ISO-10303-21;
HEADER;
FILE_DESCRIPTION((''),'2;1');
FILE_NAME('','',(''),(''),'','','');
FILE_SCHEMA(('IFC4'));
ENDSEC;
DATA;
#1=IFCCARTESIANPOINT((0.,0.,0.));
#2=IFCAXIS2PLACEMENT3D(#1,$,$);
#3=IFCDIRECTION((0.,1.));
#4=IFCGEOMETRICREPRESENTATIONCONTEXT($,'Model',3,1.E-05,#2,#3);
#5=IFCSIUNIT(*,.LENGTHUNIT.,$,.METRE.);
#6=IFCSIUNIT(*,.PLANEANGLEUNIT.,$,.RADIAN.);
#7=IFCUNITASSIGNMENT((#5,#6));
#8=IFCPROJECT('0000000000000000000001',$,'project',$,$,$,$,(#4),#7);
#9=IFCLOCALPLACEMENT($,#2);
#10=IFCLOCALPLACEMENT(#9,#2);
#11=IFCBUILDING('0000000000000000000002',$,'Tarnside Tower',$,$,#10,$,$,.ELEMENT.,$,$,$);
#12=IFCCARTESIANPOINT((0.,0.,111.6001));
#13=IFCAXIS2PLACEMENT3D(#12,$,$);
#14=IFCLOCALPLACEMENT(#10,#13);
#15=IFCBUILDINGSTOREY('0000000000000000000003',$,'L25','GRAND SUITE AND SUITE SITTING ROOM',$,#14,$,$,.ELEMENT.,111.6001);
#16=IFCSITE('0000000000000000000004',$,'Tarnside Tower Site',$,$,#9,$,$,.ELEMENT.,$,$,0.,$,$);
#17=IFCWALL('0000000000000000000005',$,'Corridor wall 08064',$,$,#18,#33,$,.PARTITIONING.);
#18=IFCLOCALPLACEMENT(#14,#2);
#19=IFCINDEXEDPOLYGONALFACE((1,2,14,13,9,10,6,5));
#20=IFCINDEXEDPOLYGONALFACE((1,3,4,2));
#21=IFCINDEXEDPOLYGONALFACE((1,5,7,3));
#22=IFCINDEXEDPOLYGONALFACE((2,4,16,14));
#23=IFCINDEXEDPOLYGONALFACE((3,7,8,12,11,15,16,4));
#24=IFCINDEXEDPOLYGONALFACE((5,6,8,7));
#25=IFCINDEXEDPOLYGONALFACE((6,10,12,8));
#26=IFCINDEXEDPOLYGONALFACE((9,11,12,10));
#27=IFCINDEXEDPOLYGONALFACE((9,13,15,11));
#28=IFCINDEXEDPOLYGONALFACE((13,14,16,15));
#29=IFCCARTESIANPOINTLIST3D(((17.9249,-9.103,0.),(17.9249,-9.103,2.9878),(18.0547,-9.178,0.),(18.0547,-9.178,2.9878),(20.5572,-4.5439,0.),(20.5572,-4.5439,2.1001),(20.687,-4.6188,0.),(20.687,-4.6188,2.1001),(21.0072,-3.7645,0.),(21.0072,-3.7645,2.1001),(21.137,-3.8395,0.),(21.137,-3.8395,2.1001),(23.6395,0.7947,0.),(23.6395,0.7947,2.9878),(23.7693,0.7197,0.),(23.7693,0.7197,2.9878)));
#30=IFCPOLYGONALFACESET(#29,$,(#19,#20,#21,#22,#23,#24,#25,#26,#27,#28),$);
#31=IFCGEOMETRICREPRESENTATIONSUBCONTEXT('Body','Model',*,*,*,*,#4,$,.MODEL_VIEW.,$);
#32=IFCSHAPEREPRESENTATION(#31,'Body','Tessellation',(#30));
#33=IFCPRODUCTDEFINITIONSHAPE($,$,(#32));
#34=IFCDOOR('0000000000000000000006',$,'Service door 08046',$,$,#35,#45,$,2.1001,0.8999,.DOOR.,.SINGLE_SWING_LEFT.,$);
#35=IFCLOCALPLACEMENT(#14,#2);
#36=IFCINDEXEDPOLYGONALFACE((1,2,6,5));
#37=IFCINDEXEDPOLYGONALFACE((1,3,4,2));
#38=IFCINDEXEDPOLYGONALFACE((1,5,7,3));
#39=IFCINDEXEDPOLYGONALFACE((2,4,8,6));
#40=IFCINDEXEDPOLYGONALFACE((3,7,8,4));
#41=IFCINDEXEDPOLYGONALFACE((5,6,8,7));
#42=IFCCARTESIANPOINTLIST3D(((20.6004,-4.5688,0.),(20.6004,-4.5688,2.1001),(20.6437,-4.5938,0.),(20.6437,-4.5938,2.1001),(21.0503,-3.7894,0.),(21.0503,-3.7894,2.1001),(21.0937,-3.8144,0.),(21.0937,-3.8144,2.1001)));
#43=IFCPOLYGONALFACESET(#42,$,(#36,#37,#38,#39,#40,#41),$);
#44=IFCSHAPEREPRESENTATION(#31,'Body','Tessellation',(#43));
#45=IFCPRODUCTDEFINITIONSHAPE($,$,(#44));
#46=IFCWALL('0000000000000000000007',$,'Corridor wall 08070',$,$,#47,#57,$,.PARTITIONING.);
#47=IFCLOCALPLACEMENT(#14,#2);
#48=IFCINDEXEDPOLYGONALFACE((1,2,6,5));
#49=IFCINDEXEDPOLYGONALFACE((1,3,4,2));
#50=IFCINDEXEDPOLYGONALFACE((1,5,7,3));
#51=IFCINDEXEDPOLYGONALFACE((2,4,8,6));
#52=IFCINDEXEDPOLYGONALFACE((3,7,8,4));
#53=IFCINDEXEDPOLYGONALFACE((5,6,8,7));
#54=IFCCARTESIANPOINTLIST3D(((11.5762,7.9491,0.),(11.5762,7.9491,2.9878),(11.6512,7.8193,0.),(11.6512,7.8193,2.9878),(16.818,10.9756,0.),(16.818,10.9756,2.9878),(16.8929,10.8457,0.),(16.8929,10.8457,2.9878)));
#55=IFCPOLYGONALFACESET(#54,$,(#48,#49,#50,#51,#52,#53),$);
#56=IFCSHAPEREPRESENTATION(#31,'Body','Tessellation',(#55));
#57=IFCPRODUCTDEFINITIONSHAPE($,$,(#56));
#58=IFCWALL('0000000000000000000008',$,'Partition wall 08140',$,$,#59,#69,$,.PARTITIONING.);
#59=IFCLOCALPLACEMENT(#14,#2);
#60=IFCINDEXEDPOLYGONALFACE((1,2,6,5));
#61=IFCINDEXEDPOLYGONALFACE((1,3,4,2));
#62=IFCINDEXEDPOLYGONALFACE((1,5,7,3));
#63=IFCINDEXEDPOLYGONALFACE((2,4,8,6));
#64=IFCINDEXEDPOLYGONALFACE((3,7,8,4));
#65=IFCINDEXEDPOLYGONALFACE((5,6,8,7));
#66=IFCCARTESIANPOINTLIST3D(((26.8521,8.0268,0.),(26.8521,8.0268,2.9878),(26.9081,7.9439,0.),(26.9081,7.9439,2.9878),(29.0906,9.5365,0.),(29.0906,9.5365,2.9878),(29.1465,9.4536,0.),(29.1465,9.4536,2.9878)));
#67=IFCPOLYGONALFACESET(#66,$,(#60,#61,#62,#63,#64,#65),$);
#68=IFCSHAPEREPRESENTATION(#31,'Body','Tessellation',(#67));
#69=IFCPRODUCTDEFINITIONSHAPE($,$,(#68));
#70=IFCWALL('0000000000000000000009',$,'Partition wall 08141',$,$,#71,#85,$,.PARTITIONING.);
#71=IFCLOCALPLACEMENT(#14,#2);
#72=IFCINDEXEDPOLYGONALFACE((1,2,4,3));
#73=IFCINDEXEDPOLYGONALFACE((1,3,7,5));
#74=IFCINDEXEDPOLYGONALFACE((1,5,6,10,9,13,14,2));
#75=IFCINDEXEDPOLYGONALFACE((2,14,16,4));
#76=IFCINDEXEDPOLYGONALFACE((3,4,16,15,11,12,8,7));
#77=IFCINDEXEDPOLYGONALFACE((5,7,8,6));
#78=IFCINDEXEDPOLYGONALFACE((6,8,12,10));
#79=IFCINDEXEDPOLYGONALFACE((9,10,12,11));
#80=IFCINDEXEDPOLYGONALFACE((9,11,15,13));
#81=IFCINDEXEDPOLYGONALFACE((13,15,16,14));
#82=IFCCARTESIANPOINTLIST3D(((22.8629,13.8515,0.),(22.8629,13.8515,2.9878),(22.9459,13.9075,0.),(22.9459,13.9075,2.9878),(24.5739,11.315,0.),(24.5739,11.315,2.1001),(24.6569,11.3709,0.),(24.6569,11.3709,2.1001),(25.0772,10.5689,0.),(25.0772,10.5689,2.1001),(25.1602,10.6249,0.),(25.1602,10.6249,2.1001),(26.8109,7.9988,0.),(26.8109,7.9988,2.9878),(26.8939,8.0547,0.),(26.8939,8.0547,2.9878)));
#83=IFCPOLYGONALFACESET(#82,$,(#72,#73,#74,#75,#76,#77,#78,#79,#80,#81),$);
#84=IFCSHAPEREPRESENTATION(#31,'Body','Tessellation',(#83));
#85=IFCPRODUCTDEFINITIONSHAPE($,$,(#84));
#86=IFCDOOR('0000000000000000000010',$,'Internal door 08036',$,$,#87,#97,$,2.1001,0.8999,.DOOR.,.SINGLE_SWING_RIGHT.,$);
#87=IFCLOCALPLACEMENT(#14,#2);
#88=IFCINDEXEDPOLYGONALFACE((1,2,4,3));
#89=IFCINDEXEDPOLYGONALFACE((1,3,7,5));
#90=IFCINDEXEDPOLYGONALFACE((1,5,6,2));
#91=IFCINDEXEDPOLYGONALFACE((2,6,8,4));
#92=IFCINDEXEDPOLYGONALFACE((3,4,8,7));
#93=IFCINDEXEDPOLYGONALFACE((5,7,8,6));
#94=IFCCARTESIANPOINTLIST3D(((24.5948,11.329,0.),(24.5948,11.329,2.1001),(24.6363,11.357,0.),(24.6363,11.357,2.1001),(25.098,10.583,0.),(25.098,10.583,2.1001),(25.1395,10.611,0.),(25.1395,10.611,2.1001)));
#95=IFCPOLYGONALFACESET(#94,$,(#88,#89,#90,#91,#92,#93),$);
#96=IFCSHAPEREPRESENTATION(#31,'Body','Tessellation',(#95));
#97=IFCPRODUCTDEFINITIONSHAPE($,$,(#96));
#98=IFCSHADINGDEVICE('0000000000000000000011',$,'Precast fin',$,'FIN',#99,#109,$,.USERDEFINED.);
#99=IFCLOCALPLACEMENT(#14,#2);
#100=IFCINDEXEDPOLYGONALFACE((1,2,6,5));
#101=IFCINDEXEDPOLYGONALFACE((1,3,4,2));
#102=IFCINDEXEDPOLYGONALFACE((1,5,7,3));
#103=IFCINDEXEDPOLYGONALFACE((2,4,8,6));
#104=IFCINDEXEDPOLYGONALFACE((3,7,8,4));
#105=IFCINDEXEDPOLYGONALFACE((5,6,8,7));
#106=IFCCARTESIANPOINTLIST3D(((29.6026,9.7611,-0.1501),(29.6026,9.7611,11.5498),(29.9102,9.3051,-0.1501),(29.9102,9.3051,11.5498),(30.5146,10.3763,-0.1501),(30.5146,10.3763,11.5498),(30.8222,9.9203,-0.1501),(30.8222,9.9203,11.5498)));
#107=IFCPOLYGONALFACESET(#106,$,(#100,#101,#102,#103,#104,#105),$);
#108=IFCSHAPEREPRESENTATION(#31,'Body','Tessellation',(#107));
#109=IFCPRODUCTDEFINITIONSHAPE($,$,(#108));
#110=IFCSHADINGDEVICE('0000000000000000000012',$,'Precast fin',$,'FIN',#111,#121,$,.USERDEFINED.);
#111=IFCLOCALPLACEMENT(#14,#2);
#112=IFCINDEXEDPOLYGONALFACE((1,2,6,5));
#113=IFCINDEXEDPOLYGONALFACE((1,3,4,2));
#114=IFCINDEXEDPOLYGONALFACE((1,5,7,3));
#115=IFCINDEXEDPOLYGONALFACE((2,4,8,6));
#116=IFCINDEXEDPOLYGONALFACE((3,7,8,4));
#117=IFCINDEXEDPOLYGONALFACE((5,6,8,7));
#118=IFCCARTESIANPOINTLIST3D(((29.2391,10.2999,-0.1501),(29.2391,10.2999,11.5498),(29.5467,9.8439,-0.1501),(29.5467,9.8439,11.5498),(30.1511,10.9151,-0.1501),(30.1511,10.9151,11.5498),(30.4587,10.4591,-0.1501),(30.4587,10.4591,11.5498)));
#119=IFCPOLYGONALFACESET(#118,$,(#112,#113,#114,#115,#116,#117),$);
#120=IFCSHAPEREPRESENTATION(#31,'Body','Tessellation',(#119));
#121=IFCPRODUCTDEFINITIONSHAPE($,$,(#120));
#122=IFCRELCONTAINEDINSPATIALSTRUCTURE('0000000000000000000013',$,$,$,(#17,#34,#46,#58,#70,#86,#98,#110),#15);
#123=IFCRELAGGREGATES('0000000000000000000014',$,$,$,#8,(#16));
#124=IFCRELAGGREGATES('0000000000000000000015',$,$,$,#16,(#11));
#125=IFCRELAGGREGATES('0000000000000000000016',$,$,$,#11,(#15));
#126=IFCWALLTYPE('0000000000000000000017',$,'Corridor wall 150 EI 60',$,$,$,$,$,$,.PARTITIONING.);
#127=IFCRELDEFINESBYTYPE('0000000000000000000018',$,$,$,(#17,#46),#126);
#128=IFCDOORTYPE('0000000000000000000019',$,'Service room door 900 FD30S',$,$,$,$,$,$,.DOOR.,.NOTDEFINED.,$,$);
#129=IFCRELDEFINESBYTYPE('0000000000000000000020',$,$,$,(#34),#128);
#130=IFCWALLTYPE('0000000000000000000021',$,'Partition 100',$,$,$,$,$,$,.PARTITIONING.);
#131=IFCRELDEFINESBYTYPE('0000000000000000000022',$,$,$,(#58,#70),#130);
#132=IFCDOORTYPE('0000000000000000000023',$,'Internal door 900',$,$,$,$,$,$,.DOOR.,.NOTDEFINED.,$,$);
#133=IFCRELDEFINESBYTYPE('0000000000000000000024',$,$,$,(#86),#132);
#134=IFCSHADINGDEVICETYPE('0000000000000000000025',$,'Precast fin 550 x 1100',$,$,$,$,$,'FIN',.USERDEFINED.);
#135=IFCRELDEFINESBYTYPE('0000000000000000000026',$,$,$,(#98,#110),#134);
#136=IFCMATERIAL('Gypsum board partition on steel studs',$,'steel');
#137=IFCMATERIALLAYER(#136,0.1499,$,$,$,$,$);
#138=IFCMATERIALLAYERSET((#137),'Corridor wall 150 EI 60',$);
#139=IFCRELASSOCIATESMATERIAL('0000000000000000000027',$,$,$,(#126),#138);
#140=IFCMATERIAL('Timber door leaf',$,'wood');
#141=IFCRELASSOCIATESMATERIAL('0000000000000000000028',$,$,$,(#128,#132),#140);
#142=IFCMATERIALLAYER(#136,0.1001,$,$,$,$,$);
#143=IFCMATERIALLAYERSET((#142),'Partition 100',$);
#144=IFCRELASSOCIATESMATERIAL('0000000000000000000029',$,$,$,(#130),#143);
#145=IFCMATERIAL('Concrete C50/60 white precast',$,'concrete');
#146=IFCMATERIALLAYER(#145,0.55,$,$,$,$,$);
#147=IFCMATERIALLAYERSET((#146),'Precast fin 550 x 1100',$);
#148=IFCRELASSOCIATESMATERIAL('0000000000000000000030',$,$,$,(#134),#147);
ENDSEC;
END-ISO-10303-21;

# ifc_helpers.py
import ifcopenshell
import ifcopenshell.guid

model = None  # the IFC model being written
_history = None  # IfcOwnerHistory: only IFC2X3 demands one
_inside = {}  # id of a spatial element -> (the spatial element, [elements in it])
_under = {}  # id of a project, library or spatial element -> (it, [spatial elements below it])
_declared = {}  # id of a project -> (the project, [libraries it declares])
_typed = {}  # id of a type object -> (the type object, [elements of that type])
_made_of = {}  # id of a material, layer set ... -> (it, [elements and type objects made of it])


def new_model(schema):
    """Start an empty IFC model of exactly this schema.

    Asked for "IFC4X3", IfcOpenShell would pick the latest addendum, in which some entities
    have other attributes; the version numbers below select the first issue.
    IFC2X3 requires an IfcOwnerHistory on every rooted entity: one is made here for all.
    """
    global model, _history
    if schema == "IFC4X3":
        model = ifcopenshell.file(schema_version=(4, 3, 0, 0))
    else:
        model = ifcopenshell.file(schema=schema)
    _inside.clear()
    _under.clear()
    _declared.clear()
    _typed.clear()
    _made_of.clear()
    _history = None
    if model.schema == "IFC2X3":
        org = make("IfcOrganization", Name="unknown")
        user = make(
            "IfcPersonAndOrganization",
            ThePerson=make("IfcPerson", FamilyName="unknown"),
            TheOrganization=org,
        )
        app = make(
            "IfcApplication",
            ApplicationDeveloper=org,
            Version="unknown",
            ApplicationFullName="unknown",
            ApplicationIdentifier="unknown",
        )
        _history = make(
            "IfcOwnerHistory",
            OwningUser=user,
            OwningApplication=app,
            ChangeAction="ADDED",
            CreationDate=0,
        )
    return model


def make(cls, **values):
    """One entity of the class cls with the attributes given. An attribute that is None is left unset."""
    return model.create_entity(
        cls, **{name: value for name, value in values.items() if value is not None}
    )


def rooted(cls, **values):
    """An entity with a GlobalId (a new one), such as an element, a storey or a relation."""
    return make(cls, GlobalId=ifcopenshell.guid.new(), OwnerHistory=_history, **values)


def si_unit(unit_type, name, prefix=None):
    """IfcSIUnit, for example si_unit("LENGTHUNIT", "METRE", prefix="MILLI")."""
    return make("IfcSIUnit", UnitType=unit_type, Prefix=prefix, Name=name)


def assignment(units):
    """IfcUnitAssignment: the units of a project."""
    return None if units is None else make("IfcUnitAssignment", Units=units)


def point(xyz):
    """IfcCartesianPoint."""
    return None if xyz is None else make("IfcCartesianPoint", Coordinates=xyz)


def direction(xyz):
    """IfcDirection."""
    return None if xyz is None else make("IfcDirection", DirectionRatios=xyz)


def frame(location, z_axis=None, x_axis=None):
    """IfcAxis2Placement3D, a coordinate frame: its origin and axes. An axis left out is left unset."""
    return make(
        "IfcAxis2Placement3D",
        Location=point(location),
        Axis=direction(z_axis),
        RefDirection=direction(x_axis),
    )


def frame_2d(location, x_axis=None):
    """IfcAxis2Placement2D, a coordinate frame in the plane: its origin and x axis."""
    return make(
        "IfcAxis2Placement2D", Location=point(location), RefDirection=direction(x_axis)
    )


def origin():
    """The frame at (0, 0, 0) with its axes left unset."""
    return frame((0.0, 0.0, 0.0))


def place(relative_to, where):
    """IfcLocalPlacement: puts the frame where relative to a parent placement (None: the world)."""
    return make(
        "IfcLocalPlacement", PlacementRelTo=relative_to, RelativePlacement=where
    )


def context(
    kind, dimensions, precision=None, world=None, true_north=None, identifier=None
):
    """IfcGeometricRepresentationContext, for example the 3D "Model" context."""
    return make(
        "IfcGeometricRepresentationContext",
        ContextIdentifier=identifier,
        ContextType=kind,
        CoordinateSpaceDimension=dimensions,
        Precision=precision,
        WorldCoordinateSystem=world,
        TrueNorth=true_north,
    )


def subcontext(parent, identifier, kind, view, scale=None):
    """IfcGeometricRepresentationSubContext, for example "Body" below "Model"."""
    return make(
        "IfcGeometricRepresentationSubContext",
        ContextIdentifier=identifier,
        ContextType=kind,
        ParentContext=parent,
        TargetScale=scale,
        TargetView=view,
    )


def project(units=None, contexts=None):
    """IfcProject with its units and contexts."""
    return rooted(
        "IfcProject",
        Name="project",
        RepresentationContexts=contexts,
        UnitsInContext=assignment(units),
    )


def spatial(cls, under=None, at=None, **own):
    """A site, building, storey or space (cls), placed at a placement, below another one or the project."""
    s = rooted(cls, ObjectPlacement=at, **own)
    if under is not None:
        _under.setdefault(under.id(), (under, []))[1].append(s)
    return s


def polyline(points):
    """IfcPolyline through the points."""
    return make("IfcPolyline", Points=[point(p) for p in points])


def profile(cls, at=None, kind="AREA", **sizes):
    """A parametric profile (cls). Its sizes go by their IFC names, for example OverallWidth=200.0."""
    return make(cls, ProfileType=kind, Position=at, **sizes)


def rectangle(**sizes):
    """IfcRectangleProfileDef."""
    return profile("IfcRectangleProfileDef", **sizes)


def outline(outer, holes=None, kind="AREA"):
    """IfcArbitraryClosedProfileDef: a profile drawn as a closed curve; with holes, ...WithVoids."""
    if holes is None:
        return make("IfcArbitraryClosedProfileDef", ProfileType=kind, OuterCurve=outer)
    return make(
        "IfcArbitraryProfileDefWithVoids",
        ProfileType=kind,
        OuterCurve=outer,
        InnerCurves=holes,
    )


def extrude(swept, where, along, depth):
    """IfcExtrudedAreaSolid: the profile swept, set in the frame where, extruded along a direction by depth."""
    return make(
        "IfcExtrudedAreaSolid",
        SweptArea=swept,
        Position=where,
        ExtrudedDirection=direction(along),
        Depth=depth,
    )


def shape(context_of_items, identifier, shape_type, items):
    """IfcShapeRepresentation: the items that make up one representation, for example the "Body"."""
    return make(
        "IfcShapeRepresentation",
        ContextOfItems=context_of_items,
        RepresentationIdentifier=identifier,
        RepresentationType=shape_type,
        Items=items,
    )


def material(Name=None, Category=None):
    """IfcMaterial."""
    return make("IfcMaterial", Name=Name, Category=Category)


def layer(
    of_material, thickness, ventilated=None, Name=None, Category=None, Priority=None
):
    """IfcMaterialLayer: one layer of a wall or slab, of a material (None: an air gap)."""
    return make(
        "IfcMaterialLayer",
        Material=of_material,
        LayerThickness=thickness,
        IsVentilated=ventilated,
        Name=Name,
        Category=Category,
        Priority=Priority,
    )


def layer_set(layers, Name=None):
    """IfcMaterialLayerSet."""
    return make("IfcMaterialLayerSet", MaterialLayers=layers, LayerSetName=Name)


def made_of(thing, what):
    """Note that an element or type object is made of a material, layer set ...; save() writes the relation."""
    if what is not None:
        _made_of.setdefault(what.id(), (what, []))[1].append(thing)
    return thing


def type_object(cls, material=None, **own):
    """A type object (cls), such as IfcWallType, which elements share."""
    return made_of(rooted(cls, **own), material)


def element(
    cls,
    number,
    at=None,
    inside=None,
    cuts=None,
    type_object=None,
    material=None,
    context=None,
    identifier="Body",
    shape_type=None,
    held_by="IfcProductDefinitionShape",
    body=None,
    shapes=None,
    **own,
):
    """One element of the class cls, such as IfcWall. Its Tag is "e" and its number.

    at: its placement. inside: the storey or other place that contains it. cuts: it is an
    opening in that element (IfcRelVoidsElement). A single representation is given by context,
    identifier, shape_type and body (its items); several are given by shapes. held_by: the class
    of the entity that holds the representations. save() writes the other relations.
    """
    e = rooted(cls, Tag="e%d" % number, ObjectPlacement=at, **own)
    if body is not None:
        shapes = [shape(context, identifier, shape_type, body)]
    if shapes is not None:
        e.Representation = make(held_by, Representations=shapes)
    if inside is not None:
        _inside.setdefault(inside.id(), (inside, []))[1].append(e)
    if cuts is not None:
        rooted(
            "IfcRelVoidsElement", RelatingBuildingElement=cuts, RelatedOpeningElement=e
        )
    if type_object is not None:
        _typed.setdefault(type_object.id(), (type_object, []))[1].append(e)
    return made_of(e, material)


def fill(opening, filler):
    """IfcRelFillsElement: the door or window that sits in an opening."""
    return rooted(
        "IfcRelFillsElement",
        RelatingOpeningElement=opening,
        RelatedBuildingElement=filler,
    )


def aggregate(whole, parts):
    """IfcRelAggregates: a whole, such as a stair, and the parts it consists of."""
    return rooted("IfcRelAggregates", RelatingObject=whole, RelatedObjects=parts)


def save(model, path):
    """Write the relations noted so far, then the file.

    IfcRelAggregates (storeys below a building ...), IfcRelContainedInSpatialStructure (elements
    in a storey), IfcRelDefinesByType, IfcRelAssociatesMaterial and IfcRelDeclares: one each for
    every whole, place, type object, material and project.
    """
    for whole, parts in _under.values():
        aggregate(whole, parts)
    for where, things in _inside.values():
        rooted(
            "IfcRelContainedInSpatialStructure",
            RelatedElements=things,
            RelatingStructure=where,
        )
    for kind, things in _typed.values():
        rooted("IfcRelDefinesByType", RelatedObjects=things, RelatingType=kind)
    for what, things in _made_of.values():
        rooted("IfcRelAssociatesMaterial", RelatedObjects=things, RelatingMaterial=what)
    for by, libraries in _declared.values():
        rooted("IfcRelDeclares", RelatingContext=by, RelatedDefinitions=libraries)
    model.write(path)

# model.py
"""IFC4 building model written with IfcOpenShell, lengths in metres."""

from ifc_helpers import new_model, si_unit, direction, frame, frame_2d, origin, place, context, subcontext, project, spatial, polyline, rectangle, outline, extrude, material, layer, layer_set, type_object, element, fill, save


model = new_model("IFC4")

# Units and contexts
model_context = context("Model", 3, precision=1e-05, world=origin(), true_north=direction((0.0, 1.0)))
body_context = subcontext(model_context, "Body", "Model", "MODEL_VIEW")
ifc_project = project(units=[si_unit("LENGTHUNIT", "METRE"), si_unit("PLANEANGLEUNIT", "RADIAN")], contexts=[model_context])

# Site, building, storey
site_placement = place(None, origin())
site = spatial("IfcSite", under=ifc_project, at=site_placement, Name="Tarnside Tower Site", CompositionType="ELEMENT", RefElevation=0.0)
building_placement = place(site_placement, origin())
building = spatial("IfcBuilding", under=site, at=building_placement, Name="Tarnside Tower", CompositionType="ELEMENT")
storey_placement = place(building_placement, frame((0.0, 0.0, 111.6001)))
storey = spatial("IfcBuildingStorey", under=building, at=storey_placement, Name="L25", Description="GRAND SUITE AND SUITE SITTING ROOM", CompositionType="ELEMENT", Elevation=111.6001)

# Shared definitions
ifc_material_1 = material(Name="Gypsum board partition on steel studs", Category="steel")
ifc_material_2 = material(Name="Timber door leaf", Category="wood")

# Shared definitions
ifc_layer_1 = layer(ifc_material_1, 0.1499)
ifc_layer_set_1 = layer_set([ifc_layer_1], Name="Corridor wall 150 EI 60")
wall_type_1 = type_object("IfcWallType", Name="Corridor wall 150 EI 60", PredefinedType="PARTITIONING", material=ifc_layer_set_1)

# Wall, opening, door
wall_1_placement = place(storey_placement, frame((23.7043, 0.7571, 0.0), z_axis=(0.0, 0.0, 1.0), x_axis=(-0.50001, -0.866019, 0.0)))
wall_1 = element("IfcWall", 1, at=wall_1_placement, inside=storey, type_object=wall_type_1, Name="Corridor wall 08064", PredefinedType="PARTITIONING", context=body_context, shape_type="SweptSolid", body=[
    extrude(rectangle(XDim=11.429, YDim=0.1499, at=frame_2d((5.7144, 0.0))), origin(), (0.0, 0.0, 1.0), 2.9878),
])
opening_1_placement = place(wall_1_placement, frame((5.2644, 0.0, 0.0)))
opening_1 = element("IfcOpeningElement", 2, at=opening_1_placement, cuts=wall_1, PredefinedType="OPENING", context=body_context, shape_type="SweptSolid", body=[
    extrude(rectangle(XDim=0.8999, YDim=2.1001, at=frame_2d((0.45, 1.05))), frame((0.0, 0.085, 0.0), z_axis=(0.0, -1.0, 0.0), x_axis=(1.0, 0.0, 0.0)), (0.0, 0.0, 1.0), 0.1699),
])
door_type_1 = type_object("IfcDoorType", Name="Service room door 900 FD30S", OperationType="NOTDEFINED", PredefinedType="DOOR", material=ifc_material_2)
door_1_placement = place(opening_1_placement, origin())
door_1 = element("IfcDoor", 3, at=door_1_placement, inside=storey, type_object=door_type_1, Name="Service door 08046", OperationType="SINGLE_SWING_LEFT", OverallHeight=2.1001, OverallWidth=0.8999, PredefinedType="DOOR", context=body_context, shape_type="SweptSolid", body=[
    extrude(rectangle(XDim=0.8999, YDim=2.1001, at=frame_2d((0.45, 1.05))), frame((0.0, 0.0249, 0.0), z_axis=(0.0, -1.0, 0.0), x_axis=(1.0, 0.0, 0.0)), (0.0, 0.0, 1.0), 0.05),
])
fill(opening_1, door_1)

# Walls
wall_2_placement = place(storey_placement, frame((16.8555, 10.9106, 0.0), z_axis=(0.0, 0.0, 1.0), x_axis=(-0.86602, -0.500009, 0.0)))
element("IfcWall", 4, at=wall_2_placement, inside=storey, type_object=wall_type_1, Name="Corridor wall 08070", PredefinedType="PARTITIONING", context=body_context, shape_type="SweptSolid", body=[
    extrude(rectangle(XDim=6.0527, YDim=0.1499, at=frame_2d((3.0264, 0.0))), origin(), (0.0, 0.0, 1.0), 2.9878),
])
ifc_layer_2 = layer(ifc_material_1, 0.1001)
ifc_layer_set_2 = layer_set([ifc_layer_2], Name="Partition 100")
wall_type_2 = type_object("IfcWallType", Name="Partition 100", PredefinedType="PARTITIONING", material=ifc_layer_set_2)
wall_3_placement = place(storey_placement, frame((29.1187, 9.4951, 0.0), z_axis=(0.0, 0.0, 1.0), x_axis=(-0.829061, -0.559158, 0.0)))
element("IfcWall", 5, at=wall_3_placement, inside=storey, type_object=wall_type_2, Name="Partition wall 08140", PredefinedType="PARTITIONING", context=body_context, shape_type="SweptSolid", body=[
    extrude(rectangle(XDim=2.7, YDim=0.1001, at=frame_2d((1.3501, 0.0))), origin(), (0.0, 0.0, 1.0), 2.9878),
])

# Wall, opening, door
wall_4_placement = place(storey_placement, frame((26.8523, 8.0269, 0.0), z_axis=(0.0, 0.0, 1.0), x_axis=(-0.559217, 0.829021, 0.0)))
wall_4 = element("IfcWall", 6, at=wall_4_placement, inside=storey, type_object=wall_type_2, Name="Partition wall 08141", PredefinedType="PARTITIONING", context=body_context, shape_type="SweptSolid", body=[
    extrude(rectangle(XDim=7.0598, YDim=0.1001, at=frame_2d((3.5298, 0.0))), origin(), (0.0, 0.0, 1.0), 2.9878),
])
opening_2_placement = place(wall_4_placement, frame((3.1001, 0.0, 0.0)))
opening_2 = element("IfcOpeningElement", 7, at=opening_2_placement, cuts=wall_4, PredefinedType="OPENING", context=body_context, shape_type="SweptSolid", body=[
    extrude(rectangle(XDim=0.8999, YDim=2.1001, at=frame_2d((0.45, 1.05))), frame((0.0, 0.0601, 0.0), z_axis=(0.0, -1.0, 0.0), x_axis=(1.0, 0.0, 0.0)), (0.0, 0.0, 1.0), 0.1201),
])
door_type_2 = type_object("IfcDoorType", Name="Internal door 900", OperationType="NOTDEFINED", PredefinedType="DOOR", material=ifc_material_2)
door_2_placement = place(opening_2_placement, origin())
door_2 = element("IfcDoor", 8, at=door_2_placement, inside=storey, type_object=door_type_2, Name="Internal door 08036", OperationType="SINGLE_SWING_RIGHT", OverallHeight=2.1001, OverallWidth=0.8999, PredefinedType="DOOR", context=body_context, shape_type="SweptSolid", body=[
    extrude(rectangle(XDim=0.8999, YDim=2.1001, at=frame_2d((0.45, 1.05))), frame((0.0, 0.0249, 0.0), z_axis=(0.0, -1.0, 0.0), x_axis=(1.0, 0.0, 0.0)), (0.0, 0.0, 1.0), 0.05),
])
fill(opening_2, door_2)

# Shading devices
ifc_material_3 = material(Name="Concrete C50/60 white precast", Category="concrete")
ifc_layer_3 = layer(ifc_material_3, 0.55)
ifc_layer_set_3 = layer_set([ifc_layer_3], Name="Precast fin 550 x 1100")
shading_device_type = type_object("IfcShadingDeviceType", Name="Precast fin 550 x 1100", ElementType="FIN", PredefinedType="USERDEFINED", material=ifc_layer_set_3)
for number, where, z_axis, x_axis, name in (
    (9, (29.7563, 9.5332, -0.1501), (0.559193, -0.829038, 0.0), (0.829038, 0.559193, 0.0), "Precast fin"),
    (10, (29.3928, 10.072, -0.1501), (0.559193, -0.829038, 0.0), (0.829038, 0.559193, 0.0), "Precast fin"),
):
    element("IfcShadingDevice", number, at=place(storey_placement, frame(where, z_axis=z_axis, x_axis=x_axis)), inside=storey, type_object=shading_device_type, Name=name, ObjectType="FIN", PredefinedType="USERDEFINED", context=body_context, shape_type="SweptSolid", body=[
        extrude(outline(polyline([(0.0, 0.0), (1.1001, 0.0), (1.1001, 11.7), (0.0, 11.7), (0.0, 0.0)])), frame((0.0, 0.0, -0.2749)), (0.0, 0.0, 1.0), 0.55),
    ])

save(model, "model.ifc")
